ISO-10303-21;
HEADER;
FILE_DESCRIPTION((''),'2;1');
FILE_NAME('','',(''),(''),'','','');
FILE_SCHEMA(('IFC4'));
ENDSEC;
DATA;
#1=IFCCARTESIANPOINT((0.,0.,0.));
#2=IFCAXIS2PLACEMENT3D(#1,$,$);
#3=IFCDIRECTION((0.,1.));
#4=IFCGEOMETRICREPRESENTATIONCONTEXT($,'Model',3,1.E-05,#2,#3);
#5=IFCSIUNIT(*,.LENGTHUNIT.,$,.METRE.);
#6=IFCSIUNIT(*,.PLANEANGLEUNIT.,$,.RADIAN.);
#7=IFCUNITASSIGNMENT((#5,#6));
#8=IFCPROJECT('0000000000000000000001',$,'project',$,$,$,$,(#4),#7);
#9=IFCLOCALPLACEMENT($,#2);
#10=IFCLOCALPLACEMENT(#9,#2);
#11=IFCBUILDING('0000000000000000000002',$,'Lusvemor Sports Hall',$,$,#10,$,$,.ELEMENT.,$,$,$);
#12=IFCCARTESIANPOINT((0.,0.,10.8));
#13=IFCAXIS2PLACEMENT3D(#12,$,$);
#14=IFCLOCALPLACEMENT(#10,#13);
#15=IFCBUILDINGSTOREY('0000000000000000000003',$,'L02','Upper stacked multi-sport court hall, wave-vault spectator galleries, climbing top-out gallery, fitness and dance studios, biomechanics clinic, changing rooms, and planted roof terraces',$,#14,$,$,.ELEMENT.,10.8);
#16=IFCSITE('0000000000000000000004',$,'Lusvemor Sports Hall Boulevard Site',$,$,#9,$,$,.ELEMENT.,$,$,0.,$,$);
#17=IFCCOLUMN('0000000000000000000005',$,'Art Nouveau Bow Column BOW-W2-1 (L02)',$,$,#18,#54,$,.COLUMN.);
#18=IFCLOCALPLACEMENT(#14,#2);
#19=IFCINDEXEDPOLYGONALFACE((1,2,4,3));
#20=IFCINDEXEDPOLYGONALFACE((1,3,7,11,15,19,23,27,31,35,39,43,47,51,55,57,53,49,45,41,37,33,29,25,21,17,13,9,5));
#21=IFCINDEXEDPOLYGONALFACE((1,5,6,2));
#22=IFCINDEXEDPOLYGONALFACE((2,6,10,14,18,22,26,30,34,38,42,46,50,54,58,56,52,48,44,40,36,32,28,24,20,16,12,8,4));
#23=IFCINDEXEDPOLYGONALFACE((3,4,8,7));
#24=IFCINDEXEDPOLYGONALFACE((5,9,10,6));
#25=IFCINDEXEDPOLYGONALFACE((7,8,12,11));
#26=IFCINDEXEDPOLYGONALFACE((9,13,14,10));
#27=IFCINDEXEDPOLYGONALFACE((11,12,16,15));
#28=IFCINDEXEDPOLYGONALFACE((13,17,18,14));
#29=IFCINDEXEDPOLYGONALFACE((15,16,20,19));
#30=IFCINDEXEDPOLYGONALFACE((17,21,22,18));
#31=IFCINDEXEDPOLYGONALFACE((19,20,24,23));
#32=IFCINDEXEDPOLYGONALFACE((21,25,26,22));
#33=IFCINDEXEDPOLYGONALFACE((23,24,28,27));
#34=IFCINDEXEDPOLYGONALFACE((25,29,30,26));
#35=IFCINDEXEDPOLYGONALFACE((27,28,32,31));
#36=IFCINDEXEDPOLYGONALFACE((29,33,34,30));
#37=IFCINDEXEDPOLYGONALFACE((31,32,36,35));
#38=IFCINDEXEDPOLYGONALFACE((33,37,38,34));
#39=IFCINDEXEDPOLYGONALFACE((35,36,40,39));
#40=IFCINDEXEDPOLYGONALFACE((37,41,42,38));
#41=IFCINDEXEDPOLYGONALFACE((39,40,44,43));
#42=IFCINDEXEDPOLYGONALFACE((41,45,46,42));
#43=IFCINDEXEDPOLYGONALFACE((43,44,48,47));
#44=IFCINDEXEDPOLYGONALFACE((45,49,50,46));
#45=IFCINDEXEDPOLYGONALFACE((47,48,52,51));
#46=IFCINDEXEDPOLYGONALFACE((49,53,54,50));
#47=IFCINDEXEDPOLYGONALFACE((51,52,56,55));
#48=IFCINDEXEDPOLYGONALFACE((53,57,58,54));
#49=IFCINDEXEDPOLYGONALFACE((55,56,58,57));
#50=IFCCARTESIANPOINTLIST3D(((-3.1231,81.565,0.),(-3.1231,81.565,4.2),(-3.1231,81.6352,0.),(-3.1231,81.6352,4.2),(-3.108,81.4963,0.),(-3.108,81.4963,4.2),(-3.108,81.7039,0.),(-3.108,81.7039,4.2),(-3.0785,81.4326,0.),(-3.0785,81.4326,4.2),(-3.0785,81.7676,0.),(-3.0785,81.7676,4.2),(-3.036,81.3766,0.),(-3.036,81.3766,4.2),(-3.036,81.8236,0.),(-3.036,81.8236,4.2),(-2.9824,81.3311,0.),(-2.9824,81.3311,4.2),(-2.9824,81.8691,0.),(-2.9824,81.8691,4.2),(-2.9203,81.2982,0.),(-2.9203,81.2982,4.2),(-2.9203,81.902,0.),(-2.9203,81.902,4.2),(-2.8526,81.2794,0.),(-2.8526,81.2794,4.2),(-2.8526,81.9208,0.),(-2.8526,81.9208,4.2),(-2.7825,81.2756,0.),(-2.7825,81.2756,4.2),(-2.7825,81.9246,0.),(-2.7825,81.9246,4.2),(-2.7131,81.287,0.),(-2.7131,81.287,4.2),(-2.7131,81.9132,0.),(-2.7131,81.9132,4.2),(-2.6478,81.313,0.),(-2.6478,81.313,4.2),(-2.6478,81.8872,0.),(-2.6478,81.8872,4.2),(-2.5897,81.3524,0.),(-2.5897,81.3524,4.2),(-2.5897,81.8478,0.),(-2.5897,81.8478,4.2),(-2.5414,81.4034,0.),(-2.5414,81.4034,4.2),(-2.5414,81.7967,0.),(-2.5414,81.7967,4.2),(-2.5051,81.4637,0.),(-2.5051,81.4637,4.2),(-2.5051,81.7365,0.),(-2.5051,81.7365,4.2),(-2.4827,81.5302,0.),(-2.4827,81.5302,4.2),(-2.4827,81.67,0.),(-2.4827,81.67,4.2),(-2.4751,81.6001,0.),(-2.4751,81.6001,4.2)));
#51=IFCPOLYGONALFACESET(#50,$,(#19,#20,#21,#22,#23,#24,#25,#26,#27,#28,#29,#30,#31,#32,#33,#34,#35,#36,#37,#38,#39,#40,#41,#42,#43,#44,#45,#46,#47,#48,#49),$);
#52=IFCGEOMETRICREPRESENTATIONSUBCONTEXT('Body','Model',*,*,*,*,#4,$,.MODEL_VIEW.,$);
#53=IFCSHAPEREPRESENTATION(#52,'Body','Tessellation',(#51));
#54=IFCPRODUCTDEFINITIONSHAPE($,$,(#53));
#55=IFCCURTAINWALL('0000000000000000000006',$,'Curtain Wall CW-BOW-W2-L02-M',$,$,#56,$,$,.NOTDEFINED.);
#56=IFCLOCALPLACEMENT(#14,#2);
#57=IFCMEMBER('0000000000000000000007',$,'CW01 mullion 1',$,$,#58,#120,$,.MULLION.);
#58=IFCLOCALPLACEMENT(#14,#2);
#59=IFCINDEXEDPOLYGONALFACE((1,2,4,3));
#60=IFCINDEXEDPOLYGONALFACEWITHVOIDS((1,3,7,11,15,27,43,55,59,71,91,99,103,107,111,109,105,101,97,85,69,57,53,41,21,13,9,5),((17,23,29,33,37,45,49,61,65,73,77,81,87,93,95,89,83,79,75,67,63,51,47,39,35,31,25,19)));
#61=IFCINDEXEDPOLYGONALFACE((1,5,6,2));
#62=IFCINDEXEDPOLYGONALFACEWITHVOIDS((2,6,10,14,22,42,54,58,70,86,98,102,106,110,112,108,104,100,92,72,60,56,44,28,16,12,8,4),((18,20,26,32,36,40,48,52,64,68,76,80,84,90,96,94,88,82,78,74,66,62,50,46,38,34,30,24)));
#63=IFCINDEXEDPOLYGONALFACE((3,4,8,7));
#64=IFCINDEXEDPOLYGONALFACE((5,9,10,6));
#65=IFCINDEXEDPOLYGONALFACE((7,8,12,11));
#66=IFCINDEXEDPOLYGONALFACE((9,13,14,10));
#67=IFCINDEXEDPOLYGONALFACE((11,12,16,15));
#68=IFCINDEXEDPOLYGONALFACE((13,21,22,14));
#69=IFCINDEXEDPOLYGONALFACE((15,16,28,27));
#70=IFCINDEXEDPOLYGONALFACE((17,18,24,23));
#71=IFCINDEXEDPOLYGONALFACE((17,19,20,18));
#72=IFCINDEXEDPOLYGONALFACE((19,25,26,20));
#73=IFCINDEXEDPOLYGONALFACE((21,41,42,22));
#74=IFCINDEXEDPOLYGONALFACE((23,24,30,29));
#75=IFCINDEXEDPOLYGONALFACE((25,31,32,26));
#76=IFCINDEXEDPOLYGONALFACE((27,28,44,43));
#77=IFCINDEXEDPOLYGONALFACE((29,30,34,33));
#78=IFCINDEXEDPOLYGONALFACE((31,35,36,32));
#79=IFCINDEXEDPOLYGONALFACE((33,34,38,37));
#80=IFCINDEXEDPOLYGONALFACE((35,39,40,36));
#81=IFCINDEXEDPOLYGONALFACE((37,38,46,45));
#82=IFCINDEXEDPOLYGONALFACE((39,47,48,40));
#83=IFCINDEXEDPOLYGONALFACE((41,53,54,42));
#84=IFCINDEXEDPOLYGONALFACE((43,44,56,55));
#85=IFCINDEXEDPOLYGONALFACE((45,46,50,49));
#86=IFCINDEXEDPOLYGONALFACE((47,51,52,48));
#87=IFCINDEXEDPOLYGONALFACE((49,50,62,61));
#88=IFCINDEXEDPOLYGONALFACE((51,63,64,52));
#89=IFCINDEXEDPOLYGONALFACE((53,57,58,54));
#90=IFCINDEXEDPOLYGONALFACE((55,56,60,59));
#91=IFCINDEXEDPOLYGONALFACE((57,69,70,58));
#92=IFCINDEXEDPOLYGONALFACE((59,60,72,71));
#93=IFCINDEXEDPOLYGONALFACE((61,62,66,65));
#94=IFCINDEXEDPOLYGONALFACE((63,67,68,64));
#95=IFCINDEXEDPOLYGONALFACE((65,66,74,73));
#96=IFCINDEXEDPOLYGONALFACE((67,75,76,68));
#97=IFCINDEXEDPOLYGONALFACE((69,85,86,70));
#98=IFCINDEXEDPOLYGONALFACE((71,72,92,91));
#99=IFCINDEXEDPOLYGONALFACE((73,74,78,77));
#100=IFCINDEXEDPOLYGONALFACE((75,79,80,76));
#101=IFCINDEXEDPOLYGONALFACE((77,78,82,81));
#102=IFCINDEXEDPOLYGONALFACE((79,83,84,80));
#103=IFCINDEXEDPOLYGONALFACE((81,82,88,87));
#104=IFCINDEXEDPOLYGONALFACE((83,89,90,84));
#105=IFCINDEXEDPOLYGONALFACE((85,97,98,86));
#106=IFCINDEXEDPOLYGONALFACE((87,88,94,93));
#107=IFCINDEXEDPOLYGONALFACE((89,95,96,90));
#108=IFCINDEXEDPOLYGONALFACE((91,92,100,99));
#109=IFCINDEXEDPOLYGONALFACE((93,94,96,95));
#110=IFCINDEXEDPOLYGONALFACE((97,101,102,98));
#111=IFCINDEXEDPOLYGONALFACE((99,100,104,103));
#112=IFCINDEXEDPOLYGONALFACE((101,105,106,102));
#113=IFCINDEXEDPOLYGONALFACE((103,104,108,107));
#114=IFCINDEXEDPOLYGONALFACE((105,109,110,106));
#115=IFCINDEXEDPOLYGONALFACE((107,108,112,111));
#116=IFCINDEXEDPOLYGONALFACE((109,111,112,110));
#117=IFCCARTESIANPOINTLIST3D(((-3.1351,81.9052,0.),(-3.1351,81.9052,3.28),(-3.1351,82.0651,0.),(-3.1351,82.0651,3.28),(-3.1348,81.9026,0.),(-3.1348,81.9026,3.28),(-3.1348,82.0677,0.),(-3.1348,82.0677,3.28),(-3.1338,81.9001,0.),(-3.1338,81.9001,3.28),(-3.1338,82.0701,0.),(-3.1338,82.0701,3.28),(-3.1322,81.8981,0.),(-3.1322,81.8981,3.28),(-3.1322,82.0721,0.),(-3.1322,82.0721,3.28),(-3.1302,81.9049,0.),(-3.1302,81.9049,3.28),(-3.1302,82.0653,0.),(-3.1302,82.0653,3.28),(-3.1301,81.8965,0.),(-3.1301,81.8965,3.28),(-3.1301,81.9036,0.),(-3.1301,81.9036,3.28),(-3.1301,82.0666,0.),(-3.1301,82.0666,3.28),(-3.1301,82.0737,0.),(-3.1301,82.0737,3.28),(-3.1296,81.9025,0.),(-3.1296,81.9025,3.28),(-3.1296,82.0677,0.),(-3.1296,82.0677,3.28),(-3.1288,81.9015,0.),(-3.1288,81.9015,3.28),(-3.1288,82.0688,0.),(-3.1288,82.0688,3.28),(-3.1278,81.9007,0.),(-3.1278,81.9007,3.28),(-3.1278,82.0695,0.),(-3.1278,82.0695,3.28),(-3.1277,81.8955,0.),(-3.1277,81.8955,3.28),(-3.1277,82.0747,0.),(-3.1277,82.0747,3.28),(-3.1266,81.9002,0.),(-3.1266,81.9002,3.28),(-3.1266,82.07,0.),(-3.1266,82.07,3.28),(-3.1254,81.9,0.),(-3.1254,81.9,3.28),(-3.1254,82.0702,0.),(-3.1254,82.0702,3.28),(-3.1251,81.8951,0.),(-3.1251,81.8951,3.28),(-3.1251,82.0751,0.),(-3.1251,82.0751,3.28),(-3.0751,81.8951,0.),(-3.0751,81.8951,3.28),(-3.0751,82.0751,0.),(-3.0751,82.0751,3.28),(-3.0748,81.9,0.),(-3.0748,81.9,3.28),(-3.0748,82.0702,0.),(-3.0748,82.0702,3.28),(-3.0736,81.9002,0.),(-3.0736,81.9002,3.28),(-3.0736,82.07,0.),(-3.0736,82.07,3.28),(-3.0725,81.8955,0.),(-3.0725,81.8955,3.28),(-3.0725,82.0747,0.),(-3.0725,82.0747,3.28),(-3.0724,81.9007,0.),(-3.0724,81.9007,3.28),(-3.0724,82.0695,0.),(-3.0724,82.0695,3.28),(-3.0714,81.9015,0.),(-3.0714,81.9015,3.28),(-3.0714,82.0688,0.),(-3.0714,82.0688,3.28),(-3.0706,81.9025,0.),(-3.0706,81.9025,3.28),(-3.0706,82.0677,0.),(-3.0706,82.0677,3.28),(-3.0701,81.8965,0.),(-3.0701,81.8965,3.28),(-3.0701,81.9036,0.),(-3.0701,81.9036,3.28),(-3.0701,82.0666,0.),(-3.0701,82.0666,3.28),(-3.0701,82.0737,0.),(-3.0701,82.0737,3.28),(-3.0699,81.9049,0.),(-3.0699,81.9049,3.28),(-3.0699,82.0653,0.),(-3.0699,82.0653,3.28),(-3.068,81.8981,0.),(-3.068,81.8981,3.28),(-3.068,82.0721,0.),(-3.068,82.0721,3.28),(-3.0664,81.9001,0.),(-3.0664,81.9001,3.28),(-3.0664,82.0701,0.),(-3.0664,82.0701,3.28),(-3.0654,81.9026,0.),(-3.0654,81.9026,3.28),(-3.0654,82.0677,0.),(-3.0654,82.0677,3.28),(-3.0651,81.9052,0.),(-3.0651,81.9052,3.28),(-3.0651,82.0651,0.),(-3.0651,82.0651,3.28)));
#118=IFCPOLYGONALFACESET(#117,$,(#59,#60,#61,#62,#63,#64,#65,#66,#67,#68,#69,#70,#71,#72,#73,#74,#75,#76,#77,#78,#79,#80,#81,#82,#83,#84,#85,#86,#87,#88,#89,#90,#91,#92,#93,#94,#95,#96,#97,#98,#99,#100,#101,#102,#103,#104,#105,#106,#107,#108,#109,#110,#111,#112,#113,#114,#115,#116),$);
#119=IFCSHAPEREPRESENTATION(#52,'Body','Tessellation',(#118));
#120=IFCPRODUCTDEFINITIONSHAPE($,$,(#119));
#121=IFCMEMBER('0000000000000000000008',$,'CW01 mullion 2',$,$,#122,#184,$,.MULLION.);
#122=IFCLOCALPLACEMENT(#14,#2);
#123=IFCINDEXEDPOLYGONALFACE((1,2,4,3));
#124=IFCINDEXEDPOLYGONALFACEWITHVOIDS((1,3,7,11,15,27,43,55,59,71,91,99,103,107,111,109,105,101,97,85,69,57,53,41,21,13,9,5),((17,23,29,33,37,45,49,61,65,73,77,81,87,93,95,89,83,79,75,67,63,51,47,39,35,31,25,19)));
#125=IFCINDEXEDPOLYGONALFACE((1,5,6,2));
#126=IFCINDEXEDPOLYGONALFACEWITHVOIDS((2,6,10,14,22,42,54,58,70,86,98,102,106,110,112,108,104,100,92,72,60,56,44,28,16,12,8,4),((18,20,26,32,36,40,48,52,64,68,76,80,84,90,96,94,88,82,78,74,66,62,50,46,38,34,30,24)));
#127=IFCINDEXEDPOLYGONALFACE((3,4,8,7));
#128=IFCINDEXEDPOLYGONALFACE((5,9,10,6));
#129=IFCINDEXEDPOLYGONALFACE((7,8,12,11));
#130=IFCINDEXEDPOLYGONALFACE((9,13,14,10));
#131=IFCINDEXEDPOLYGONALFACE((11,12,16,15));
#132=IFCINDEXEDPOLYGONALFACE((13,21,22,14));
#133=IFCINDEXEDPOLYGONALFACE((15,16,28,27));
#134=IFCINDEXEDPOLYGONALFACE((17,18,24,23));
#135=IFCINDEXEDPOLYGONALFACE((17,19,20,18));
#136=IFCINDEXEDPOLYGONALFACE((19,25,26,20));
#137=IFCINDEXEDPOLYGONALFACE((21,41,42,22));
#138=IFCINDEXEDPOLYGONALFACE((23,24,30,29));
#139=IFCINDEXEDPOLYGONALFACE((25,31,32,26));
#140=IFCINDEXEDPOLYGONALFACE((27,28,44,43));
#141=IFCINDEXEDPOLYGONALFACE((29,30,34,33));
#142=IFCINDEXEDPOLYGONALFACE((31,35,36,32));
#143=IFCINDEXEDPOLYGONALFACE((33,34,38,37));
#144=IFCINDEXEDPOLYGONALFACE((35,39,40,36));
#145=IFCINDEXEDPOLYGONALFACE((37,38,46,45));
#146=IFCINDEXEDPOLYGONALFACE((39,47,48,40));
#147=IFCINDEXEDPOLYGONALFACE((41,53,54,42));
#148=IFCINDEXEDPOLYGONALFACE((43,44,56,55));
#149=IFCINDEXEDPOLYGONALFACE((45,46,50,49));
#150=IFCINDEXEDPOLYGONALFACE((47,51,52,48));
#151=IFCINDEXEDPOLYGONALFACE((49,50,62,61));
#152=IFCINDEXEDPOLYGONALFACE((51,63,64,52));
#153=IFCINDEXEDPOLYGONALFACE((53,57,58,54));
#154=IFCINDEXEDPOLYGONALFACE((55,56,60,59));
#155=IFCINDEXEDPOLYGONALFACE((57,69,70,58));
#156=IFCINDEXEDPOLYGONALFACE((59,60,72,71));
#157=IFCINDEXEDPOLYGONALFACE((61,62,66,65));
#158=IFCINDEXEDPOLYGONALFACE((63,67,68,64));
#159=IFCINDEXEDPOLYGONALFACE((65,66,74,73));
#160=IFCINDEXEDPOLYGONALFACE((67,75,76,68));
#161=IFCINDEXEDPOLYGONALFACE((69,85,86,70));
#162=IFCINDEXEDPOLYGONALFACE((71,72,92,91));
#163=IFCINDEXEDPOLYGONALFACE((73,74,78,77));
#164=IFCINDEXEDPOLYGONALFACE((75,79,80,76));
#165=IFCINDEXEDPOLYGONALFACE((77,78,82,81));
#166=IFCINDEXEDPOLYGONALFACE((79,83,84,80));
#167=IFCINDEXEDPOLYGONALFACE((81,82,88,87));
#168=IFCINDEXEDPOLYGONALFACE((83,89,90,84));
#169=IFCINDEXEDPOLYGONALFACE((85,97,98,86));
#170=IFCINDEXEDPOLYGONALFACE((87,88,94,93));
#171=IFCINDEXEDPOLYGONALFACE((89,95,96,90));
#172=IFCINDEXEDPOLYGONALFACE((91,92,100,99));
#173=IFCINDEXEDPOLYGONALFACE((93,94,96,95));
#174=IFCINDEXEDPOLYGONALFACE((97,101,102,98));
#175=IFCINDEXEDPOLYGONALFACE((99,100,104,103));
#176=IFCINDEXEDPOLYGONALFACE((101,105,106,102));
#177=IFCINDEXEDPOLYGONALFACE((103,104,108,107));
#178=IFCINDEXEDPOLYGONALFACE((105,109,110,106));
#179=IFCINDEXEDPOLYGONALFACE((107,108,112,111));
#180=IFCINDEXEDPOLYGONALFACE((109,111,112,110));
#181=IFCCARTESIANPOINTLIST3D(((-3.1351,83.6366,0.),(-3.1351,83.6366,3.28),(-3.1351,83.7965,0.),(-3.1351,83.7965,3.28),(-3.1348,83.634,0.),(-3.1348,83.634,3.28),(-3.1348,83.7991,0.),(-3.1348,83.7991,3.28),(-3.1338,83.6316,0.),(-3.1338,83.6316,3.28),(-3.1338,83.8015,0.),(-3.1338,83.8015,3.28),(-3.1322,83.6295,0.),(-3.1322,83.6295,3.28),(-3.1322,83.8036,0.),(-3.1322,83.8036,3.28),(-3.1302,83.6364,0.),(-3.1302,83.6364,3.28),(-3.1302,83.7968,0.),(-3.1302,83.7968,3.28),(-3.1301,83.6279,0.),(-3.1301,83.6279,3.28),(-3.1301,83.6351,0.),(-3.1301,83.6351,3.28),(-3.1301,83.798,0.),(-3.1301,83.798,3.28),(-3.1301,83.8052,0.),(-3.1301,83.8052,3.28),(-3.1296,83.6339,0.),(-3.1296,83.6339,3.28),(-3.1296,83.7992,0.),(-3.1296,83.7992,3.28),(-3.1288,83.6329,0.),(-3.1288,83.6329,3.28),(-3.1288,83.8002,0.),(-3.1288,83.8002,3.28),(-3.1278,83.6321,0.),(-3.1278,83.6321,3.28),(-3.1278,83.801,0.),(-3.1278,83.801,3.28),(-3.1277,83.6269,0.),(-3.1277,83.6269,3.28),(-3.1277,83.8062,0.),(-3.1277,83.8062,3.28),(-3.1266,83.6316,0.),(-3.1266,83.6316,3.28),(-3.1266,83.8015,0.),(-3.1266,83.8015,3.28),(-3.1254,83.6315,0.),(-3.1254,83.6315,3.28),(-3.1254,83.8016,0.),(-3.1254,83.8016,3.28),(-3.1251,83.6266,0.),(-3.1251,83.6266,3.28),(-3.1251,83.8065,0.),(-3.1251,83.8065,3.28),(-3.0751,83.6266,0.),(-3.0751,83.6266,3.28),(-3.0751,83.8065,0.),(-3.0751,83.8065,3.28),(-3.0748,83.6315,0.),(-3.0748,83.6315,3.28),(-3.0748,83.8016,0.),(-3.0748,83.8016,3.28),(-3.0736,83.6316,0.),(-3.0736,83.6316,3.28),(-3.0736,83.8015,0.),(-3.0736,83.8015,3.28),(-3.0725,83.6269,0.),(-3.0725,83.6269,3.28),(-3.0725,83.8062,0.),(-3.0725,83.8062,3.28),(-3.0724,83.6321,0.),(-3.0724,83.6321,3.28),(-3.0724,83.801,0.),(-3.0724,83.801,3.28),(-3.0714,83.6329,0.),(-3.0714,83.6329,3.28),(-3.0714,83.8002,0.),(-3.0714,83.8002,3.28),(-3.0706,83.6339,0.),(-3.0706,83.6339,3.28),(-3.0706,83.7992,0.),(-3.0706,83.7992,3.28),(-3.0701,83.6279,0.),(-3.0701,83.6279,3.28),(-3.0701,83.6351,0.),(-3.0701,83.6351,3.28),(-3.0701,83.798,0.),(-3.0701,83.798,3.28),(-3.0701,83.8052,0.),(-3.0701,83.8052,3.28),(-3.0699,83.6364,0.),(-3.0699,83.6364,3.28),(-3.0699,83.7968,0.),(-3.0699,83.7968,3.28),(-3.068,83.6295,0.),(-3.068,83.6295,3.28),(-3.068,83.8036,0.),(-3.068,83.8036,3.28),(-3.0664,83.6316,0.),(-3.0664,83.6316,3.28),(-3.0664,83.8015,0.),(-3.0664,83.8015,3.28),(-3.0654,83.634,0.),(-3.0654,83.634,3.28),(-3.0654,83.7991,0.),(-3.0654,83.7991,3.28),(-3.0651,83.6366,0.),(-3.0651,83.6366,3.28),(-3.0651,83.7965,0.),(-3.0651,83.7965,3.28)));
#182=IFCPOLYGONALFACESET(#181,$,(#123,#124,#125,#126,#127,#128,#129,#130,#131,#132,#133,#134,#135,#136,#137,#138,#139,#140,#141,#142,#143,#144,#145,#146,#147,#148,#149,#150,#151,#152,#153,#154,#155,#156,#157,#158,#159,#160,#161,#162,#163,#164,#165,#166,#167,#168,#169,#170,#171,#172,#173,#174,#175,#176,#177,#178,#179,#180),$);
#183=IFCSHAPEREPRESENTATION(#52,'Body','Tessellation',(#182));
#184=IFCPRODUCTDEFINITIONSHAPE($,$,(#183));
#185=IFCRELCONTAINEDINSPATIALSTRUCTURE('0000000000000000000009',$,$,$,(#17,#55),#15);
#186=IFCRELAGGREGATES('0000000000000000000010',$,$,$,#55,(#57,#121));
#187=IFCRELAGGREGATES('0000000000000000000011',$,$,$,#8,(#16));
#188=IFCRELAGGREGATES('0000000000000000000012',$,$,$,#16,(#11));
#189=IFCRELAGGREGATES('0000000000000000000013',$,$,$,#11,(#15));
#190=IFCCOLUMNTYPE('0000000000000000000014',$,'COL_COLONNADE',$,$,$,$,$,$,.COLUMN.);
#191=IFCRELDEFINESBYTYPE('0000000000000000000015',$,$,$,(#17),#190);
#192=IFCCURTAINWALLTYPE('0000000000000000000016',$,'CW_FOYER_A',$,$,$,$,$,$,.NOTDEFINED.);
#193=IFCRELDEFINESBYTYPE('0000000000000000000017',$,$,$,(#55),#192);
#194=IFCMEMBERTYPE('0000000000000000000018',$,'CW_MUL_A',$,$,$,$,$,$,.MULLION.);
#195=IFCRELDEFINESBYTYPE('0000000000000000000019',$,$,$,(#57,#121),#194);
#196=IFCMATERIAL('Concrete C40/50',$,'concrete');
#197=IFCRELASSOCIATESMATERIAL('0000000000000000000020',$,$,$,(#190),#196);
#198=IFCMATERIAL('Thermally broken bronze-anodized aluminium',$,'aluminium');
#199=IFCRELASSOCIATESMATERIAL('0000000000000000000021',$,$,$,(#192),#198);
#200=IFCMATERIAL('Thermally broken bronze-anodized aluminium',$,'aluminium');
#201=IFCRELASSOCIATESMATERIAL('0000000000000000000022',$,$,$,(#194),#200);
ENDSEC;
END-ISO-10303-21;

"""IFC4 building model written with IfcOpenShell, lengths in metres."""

from ifc_helpers import new_model, si_unit, direction, frame, origin, origin_2d, place, context, subcontext, project, spatial, hollow_rectangle, circle, extrude, material, material_profile, profile_set, type_object, element, aggregate, save


model = new_model("IFC4")

# Units and contexts
model_context = context("Model", 3, precision=1e-05, world=origin(), true_north=direction((0.0, 1.0)))
body_context = subcontext(model_context, "Body", "Model", "MODEL_VIEW")
ifc_project = project(units=[si_unit("LENGTHUNIT", "METRE"), si_unit("PLANEANGLEUNIT", "RADIAN")], contexts=[model_context])

# Site, building, storey
site_placement = place(None, origin())
site = spatial("IfcSite", under=ifc_project, at=site_placement, Name="Lusvemor Sports Hall Boulevard Site", CompositionType="ELEMENT", RefElevation=0.0)
building_placement = place(site_placement, origin())
building = spatial("IfcBuilding", under=site, at=building_placement, Name="Lusvemor Sports Hall", CompositionType="ELEMENT")
storey_placement = place(building_placement, frame((0.0, 0.0, 10.8)))
storey = spatial("IfcBuildingStorey", under=building, at=storey_placement, Name="L02", Description="Upper stacked multi-sport court hall, wave-vault spectator galleries, climbing top-out gallery, fitness and dance studios, biomechanics clinic, changing rooms, and planted roof terraces", CompositionType="ELEMENT", Elevation=10.8)

# Column
ifc_material_1 = material(Name="Concrete C40/50", Category="concrete")
ifc_material_profile_1 = material_profile(ifc_material_1, circle(Radius=0.325, at=origin_2d()), Name="RCCIRC650")
ifc_profile_set_1 = profile_set([ifc_material_profile_1], Name="Concrete C40/50")
column_type = type_object("IfcColumnType", Name="COL_COLONNADE", PredefinedType="COLUMN", material=ifc_profile_set_1)
column_placement = place(storey_placement, frame((-2.8, 81.6001, 0.0), z_axis=(0.0, 0.0, 1.0), x_axis=(1.0, 0.0, 0.0)))
element("IfcColumn", 1, at=column_placement, inside=storey, type_object=column_type, Name="Art Nouveau Bow Column BOW-W2-1 (L02)", PredefinedType="COLUMN", context=body_context, shape_type="SweptSolid", body=[
    extrude(circle(Radius=0.325, at=origin_2d()), origin(), (0.0, 0.0, 1.0), 4.2),
])

# Curtain wall, members
ifc_material_2 = material(Name="Thermally broken bronze-anodized aluminium", Category="aluminium")
curtain_wall_type = type_object("IfcCurtainWallType", Name="CW_FOYER_A", PredefinedType="NOTDEFINED", material=ifc_material_2)
curtain_wall_placement = place(storey_placement, origin())
curtain_wall = element("IfcCurtainWall", 2, at=curtain_wall_placement, inside=storey, type_object=curtain_wall_type, Name="Curtain Wall CW-BOW-W2-L02-M", PredefinedType="NOTDEFINED")
ifc_material_3 = material(Name="Thermally broken bronze-anodized aluminium", Category="aluminium")
ifc_material_profile_2 = material_profile(ifc_material_3, hollow_rectangle(XDim=0.0701, YDim=0.1799, WallThickness=0.0049, InnerFilletRadius=0.0049, OuterFilletRadius=0.01, at=origin_2d()), Name="CWMUL180x70x5")
ifc_profile_set_2 = profile_set([ifc_material_profile_2], Name="Thermally broken bronze-anodized aluminium")
member_type_1 = type_object("IfcMemberType", Name="CW_MUL_A", PredefinedType="MULLION", material=ifc_profile_set_2)
member_1_placement = place(storey_placement, frame((-3.1001, 81.9851, 0.0), z_axis=(0.0, 0.0, 1.0), x_axis=(-1.0, 0.0, 0.0)))
member_1 = element("IfcMember", 3, at=member_1_placement, type_object=member_type_1, Name="CW01 mullion 1", PredefinedType="MULLION", context=body_context, shape_type="SweptSolid", body=[
    extrude(hollow_rectangle(XDim=0.0701, YDim=0.1799, WallThickness=0.0049, InnerFilletRadius=0.0049, OuterFilletRadius=0.01, at=origin_2d()), origin(), (0.0, 0.0, 1.0), 3.28),
])
member_2_placement = place(storey_placement, frame((-3.1001, 83.7166, 0.0), z_axis=(0.0, 0.0, 1.0), x_axis=(-1.0, 0.0, 0.0)))
member_2 = element("IfcMember", 4, at=member_2_placement, type_object=member_type_1, Name="CW01 mullion 2", PredefinedType="MULLION", context=body_context, shape_type="SweptSolid", body=[
    extrude(hollow_rectangle(XDim=0.0701, YDim=0.1799, WallThickness=0.0049, InnerFilletRadius=0.0049, OuterFilletRadius=0.01, at=origin_2d()), origin(), (0.0, 0.0, 1.0), 3.28),
])

aggregate(curtain_wall, [member_1, member_2])

save(model, "model.ifc")
